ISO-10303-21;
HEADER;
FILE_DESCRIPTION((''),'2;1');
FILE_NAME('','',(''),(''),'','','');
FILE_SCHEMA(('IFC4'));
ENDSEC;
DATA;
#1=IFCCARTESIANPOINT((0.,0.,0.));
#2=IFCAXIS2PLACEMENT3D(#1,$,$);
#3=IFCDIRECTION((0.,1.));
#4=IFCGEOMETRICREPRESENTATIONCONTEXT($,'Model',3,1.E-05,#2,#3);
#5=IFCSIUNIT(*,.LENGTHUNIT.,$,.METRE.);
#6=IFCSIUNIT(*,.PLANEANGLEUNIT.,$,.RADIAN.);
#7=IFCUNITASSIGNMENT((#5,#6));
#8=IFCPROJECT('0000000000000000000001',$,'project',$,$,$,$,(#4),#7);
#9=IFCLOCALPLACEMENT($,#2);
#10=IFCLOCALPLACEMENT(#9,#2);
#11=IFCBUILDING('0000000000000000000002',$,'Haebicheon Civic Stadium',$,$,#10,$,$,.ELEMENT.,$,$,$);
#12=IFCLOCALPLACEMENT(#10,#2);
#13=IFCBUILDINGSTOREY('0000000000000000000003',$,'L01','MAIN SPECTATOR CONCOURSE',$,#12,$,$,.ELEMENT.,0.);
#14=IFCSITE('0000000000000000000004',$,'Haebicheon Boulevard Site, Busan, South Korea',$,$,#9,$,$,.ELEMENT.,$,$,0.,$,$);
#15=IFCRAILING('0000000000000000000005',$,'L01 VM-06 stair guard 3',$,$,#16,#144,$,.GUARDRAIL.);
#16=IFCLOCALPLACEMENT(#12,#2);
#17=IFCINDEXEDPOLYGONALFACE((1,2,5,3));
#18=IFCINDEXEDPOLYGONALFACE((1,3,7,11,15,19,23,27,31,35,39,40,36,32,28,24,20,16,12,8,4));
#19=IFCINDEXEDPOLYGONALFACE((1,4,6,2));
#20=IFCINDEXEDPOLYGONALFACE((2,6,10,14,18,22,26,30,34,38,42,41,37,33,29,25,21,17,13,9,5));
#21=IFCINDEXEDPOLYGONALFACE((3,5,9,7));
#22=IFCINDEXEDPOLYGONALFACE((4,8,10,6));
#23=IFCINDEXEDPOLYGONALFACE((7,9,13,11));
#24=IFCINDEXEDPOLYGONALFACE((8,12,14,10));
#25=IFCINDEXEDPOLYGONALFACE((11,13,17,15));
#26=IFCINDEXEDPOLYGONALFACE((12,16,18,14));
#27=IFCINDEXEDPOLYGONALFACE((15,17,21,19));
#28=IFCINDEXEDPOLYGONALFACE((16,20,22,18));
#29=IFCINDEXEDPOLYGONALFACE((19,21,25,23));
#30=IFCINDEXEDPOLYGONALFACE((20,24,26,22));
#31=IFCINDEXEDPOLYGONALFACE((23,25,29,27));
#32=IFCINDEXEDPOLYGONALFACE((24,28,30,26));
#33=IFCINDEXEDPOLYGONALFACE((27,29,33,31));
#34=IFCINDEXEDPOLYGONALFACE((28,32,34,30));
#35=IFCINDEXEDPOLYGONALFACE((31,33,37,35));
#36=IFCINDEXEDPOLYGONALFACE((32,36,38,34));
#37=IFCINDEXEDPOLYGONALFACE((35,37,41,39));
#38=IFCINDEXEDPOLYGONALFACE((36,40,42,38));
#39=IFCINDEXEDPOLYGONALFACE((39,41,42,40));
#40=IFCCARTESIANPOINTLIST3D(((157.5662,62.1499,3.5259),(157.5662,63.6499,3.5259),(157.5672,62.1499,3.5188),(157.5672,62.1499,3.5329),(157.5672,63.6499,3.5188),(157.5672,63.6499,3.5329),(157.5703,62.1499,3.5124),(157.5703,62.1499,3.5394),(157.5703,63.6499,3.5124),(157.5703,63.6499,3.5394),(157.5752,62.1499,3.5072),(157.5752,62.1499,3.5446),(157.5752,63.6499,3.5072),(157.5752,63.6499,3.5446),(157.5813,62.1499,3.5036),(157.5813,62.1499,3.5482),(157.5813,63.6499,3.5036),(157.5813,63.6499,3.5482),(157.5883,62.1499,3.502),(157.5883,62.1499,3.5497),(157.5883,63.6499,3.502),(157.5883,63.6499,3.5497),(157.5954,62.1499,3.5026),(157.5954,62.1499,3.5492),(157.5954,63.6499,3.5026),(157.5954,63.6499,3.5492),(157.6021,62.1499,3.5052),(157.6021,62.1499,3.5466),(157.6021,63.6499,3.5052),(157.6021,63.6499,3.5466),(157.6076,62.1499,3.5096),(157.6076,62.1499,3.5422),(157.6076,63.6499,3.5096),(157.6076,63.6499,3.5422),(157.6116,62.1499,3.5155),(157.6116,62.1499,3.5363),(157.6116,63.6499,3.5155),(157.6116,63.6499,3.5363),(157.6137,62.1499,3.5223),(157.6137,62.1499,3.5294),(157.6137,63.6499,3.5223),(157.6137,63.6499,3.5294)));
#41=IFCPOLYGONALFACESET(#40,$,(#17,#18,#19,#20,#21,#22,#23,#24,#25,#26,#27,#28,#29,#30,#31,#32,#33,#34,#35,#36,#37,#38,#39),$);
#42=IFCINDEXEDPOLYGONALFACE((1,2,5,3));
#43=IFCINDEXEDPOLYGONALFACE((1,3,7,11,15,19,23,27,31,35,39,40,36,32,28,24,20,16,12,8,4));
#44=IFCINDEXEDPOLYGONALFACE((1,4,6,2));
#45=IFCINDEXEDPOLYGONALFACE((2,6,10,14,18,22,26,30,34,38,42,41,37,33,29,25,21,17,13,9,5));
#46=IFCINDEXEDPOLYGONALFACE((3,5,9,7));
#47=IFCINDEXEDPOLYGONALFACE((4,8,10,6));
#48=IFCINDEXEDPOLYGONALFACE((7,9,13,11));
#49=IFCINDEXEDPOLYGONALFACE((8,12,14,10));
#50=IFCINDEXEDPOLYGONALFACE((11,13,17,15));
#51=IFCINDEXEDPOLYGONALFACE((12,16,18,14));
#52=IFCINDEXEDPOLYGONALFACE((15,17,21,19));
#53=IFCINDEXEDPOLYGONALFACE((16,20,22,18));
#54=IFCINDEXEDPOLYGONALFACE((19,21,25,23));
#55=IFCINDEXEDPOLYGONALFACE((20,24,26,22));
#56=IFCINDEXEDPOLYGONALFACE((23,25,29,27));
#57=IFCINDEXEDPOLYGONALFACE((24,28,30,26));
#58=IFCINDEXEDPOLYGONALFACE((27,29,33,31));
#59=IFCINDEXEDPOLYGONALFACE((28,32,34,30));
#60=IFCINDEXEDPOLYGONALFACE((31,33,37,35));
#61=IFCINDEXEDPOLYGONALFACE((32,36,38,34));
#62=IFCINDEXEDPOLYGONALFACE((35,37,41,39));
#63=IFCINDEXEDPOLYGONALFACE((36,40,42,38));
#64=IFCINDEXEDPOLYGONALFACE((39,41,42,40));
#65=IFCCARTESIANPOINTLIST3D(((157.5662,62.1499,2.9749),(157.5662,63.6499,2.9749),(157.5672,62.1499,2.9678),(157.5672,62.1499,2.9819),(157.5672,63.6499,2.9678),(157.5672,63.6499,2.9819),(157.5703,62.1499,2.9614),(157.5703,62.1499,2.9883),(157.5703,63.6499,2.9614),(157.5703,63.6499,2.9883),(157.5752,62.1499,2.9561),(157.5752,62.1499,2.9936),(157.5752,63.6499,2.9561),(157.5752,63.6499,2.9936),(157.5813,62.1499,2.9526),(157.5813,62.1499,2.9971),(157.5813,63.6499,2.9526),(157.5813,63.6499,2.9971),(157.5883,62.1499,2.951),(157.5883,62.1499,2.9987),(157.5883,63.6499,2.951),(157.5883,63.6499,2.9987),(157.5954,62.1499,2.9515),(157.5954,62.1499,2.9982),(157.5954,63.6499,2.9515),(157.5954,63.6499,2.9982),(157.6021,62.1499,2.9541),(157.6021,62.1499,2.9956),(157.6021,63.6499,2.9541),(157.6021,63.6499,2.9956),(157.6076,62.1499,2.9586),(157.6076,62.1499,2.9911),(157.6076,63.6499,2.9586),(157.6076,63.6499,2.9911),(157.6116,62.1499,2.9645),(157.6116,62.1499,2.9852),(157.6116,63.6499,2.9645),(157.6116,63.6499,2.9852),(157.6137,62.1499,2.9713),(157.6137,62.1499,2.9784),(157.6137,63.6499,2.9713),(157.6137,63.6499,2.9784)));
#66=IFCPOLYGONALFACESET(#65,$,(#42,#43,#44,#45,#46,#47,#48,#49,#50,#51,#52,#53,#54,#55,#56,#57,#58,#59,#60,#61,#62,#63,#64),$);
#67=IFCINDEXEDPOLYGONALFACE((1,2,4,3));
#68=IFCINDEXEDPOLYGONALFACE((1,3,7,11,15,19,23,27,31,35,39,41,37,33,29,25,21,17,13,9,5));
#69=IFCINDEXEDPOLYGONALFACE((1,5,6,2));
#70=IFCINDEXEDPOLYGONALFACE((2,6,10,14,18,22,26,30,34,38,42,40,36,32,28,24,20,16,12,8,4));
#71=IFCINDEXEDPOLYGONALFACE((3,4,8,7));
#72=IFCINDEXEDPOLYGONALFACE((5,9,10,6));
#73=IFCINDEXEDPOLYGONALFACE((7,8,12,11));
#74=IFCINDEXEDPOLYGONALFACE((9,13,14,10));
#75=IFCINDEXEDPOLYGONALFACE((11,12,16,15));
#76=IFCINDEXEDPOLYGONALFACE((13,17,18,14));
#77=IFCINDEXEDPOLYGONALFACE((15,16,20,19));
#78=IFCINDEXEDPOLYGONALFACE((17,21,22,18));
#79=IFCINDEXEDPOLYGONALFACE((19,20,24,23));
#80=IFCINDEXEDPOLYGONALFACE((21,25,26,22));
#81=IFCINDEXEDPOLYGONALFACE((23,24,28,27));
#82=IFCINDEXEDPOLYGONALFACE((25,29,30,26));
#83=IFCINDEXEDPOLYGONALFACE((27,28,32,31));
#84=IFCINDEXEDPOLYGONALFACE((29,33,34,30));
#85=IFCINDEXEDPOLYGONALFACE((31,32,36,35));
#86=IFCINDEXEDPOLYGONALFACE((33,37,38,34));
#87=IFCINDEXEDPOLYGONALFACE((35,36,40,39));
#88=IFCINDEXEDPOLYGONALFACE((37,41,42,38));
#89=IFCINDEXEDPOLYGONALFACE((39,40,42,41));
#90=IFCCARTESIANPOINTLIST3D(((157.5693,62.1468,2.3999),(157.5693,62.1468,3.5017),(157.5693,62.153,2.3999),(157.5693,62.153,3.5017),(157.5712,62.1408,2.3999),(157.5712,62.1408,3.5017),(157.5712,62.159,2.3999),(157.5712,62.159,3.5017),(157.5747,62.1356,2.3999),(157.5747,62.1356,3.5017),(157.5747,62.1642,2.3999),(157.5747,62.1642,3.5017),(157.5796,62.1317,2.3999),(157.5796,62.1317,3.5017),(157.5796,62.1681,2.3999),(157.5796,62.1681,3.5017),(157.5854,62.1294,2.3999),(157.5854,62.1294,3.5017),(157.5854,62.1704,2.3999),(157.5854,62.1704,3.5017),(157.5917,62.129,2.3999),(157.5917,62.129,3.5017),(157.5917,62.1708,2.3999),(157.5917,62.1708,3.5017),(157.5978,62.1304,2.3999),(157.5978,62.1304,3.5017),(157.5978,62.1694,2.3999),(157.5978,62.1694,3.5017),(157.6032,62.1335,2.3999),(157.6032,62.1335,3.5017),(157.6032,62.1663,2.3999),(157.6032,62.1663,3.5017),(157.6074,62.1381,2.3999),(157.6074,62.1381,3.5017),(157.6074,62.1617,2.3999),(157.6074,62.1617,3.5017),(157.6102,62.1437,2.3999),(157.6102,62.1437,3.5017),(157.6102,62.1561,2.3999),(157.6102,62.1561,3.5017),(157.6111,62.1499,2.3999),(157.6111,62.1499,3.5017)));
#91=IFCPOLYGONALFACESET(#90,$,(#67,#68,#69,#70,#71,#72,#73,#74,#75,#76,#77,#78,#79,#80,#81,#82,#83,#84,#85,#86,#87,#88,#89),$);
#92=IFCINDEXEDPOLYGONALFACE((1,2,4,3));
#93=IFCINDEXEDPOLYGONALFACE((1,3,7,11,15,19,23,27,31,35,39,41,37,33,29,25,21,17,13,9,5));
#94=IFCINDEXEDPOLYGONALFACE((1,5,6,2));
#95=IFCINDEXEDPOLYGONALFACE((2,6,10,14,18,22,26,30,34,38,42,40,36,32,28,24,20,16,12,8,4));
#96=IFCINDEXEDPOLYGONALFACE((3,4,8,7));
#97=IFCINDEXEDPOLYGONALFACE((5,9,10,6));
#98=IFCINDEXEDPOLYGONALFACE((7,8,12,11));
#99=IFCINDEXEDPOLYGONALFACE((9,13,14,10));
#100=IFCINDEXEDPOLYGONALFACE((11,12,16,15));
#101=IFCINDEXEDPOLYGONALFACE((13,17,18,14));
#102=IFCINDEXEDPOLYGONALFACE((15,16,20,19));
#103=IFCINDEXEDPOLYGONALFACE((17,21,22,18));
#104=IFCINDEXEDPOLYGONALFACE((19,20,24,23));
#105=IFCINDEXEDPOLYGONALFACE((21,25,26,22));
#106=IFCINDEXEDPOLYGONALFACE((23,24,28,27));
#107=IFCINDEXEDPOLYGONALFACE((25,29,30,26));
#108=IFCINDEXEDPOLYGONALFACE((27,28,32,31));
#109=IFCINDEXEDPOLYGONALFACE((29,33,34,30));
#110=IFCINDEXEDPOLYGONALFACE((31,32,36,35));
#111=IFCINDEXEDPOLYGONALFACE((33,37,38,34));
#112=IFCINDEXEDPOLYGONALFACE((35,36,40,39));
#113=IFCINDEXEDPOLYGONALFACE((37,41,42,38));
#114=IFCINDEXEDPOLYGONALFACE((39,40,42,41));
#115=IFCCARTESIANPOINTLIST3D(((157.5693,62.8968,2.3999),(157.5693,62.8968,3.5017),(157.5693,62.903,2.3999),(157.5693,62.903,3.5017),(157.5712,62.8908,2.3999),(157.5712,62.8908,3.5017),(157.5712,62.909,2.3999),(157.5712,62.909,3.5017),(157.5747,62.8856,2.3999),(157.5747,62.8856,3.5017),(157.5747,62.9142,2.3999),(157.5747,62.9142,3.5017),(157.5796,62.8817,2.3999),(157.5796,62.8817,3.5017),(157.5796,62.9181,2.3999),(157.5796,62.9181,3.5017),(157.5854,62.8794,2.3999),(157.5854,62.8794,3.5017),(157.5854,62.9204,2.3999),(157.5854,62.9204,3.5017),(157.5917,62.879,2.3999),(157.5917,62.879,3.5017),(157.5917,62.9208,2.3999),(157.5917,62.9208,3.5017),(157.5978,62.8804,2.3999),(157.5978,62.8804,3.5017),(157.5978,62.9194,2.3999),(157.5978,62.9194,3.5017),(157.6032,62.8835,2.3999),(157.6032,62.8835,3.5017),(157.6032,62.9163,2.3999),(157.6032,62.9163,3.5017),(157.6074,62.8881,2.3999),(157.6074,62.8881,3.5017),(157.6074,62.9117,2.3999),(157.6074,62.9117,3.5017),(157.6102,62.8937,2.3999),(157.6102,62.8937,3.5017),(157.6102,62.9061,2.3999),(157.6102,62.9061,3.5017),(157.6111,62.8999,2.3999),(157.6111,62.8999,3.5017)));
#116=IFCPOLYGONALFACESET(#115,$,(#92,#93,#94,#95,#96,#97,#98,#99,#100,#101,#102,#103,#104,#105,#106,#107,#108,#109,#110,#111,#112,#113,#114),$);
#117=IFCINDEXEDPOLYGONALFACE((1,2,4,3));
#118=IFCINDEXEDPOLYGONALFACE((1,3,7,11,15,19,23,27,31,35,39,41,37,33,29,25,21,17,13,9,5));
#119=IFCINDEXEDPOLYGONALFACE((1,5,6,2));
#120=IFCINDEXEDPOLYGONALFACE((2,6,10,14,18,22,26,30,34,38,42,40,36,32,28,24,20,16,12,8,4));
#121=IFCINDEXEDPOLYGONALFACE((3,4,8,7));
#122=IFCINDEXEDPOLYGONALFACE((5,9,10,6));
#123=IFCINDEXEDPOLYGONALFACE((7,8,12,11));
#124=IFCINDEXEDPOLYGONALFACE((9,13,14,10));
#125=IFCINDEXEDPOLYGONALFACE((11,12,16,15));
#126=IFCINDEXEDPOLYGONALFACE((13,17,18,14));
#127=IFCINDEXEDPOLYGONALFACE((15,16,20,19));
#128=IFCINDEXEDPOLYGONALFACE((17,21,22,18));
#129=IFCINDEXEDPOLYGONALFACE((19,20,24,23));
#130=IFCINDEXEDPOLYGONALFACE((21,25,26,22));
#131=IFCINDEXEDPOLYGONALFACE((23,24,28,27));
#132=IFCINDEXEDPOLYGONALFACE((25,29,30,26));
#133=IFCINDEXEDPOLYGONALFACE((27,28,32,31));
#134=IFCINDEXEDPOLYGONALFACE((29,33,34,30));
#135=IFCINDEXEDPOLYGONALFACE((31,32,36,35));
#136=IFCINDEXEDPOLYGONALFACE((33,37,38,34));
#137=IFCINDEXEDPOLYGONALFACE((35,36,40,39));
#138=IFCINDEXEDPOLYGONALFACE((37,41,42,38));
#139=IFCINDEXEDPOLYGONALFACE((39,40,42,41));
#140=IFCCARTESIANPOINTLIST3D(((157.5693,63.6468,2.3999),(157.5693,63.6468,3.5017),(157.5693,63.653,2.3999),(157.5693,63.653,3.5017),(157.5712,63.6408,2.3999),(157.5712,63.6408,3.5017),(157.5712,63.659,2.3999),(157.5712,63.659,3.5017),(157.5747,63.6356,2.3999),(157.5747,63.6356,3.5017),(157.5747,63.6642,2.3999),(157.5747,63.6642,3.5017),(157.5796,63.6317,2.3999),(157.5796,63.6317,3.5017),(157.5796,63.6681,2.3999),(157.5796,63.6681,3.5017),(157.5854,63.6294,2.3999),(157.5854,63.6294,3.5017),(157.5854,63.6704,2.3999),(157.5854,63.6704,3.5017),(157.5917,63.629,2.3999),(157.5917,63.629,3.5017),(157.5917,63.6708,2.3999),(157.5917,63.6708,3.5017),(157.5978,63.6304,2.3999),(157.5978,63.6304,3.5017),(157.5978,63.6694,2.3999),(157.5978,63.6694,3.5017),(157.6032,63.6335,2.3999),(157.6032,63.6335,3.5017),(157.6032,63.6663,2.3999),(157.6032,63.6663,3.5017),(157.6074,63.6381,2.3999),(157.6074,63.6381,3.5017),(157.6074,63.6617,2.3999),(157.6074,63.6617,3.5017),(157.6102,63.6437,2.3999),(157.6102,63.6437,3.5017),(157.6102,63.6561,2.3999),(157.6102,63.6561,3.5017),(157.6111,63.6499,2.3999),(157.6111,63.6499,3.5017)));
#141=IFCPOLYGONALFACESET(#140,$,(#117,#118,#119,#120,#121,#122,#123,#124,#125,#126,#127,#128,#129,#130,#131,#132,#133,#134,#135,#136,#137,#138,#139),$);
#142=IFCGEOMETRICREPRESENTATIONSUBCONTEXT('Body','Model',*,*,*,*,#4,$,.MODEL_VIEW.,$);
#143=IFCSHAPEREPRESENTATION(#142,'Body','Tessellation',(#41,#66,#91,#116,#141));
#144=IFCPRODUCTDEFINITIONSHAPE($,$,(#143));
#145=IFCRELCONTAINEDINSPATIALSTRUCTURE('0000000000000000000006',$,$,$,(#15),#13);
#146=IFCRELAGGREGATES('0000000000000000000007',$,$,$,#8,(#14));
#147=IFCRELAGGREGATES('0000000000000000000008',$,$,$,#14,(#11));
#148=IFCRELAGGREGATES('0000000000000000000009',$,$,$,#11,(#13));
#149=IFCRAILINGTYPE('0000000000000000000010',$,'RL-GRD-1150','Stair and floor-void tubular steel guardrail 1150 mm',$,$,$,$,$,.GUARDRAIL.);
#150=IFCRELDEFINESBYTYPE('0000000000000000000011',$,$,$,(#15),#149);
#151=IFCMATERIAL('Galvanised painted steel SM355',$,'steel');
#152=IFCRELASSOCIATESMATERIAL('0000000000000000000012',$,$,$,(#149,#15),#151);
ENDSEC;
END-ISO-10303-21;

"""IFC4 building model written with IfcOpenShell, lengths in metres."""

from ifc_helpers import new_model, si_unit, direction, frame, origin, origin_2d, place, context, subcontext, project, spatial, circle, extrude, material, type_object, element, save


model = new_model("IFC4")

# Units and contexts
model_context = context("Model", 3, precision=1e-05, world=origin(), true_north=direction((0.0, 1.0)))
body_context = subcontext(model_context, "Body", "Model", "MODEL_VIEW")
ifc_project = project(units=[si_unit("LENGTHUNIT", "METRE"), si_unit("PLANEANGLEUNIT", "RADIAN")], contexts=[model_context])

# Site, building, storey
site_placement = place(None, origin())
site = spatial("IfcSite", under=ifc_project, at=site_placement, Name="Haebicheon Boulevard Site, Busan, South Korea", CompositionType="ELEMENT", RefElevation=0.0)
building_placement = place(site_placement, origin())
building = spatial("IfcBuilding", under=site, at=building_placement, Name="Haebicheon Civic Stadium", CompositionType="ELEMENT")
storey_placement = place(building_placement, origin())
storey = spatial("IfcBuildingStorey", under=building, at=storey_placement, Name="L01", Description="MAIN SPECTATOR CONCOURSE", CompositionType="ELEMENT", Elevation=0.0)

# Railing
ifc_material_1 = material(Name="Galvanised painted steel SM355", Category="steel")
railing_type_1 = type_object("IfcRailingType", Name="RL-GRD-1150", Description="Stair and floor-void tubular steel guardrail 1150 mm", PredefinedType="GUARDRAIL", material=ifc_material_1)
railing_1_placement = place(storey_placement, frame((157.5901, 62.1499, 2.3999)))
element("IfcRailing", 1, at=railing_1_placement, inside=storey, type_object=railing_type_1, material=ifc_material_1, Name="L01 VM-06 stair guard 3", PredefinedType="GUARDRAIL", context=body_context, shape_type="SweptSolid", body=[
    extrude(circle(Radius=0.0239, at=origin_2d()), frame((0.0, 0.0, 1.126), z_axis=(0.0, 1.0, 0.0), x_axis=(-1.0, 0.0, 0.0)), (0.0, 0.0, 1.0), 1.5),
    extrude(circle(Radius=0.0239, at=origin_2d()), frame((0.0, 0.0, 0.575), z_axis=(0.0, 1.0, 0.0), x_axis=(-1.0, 0.0, 0.0)), (0.0, 0.0, 1.0), 1.5),
    extrude(circle(Radius=0.021, at=origin_2d()), origin(), (0.0, 0.0, 1.0), 1.1018),
    extrude(circle(Radius=0.021, at=origin_2d()), frame((0.0, 0.75, 0.0)), (0.0, 0.0, 1.0), 1.1018),
    extrude(circle(Radius=0.021, at=origin_2d()), frame((0.0, 1.5, 0.0)), (0.0, 0.0, 1.0), 1.1018),
])

save(model, "model.ifc")
